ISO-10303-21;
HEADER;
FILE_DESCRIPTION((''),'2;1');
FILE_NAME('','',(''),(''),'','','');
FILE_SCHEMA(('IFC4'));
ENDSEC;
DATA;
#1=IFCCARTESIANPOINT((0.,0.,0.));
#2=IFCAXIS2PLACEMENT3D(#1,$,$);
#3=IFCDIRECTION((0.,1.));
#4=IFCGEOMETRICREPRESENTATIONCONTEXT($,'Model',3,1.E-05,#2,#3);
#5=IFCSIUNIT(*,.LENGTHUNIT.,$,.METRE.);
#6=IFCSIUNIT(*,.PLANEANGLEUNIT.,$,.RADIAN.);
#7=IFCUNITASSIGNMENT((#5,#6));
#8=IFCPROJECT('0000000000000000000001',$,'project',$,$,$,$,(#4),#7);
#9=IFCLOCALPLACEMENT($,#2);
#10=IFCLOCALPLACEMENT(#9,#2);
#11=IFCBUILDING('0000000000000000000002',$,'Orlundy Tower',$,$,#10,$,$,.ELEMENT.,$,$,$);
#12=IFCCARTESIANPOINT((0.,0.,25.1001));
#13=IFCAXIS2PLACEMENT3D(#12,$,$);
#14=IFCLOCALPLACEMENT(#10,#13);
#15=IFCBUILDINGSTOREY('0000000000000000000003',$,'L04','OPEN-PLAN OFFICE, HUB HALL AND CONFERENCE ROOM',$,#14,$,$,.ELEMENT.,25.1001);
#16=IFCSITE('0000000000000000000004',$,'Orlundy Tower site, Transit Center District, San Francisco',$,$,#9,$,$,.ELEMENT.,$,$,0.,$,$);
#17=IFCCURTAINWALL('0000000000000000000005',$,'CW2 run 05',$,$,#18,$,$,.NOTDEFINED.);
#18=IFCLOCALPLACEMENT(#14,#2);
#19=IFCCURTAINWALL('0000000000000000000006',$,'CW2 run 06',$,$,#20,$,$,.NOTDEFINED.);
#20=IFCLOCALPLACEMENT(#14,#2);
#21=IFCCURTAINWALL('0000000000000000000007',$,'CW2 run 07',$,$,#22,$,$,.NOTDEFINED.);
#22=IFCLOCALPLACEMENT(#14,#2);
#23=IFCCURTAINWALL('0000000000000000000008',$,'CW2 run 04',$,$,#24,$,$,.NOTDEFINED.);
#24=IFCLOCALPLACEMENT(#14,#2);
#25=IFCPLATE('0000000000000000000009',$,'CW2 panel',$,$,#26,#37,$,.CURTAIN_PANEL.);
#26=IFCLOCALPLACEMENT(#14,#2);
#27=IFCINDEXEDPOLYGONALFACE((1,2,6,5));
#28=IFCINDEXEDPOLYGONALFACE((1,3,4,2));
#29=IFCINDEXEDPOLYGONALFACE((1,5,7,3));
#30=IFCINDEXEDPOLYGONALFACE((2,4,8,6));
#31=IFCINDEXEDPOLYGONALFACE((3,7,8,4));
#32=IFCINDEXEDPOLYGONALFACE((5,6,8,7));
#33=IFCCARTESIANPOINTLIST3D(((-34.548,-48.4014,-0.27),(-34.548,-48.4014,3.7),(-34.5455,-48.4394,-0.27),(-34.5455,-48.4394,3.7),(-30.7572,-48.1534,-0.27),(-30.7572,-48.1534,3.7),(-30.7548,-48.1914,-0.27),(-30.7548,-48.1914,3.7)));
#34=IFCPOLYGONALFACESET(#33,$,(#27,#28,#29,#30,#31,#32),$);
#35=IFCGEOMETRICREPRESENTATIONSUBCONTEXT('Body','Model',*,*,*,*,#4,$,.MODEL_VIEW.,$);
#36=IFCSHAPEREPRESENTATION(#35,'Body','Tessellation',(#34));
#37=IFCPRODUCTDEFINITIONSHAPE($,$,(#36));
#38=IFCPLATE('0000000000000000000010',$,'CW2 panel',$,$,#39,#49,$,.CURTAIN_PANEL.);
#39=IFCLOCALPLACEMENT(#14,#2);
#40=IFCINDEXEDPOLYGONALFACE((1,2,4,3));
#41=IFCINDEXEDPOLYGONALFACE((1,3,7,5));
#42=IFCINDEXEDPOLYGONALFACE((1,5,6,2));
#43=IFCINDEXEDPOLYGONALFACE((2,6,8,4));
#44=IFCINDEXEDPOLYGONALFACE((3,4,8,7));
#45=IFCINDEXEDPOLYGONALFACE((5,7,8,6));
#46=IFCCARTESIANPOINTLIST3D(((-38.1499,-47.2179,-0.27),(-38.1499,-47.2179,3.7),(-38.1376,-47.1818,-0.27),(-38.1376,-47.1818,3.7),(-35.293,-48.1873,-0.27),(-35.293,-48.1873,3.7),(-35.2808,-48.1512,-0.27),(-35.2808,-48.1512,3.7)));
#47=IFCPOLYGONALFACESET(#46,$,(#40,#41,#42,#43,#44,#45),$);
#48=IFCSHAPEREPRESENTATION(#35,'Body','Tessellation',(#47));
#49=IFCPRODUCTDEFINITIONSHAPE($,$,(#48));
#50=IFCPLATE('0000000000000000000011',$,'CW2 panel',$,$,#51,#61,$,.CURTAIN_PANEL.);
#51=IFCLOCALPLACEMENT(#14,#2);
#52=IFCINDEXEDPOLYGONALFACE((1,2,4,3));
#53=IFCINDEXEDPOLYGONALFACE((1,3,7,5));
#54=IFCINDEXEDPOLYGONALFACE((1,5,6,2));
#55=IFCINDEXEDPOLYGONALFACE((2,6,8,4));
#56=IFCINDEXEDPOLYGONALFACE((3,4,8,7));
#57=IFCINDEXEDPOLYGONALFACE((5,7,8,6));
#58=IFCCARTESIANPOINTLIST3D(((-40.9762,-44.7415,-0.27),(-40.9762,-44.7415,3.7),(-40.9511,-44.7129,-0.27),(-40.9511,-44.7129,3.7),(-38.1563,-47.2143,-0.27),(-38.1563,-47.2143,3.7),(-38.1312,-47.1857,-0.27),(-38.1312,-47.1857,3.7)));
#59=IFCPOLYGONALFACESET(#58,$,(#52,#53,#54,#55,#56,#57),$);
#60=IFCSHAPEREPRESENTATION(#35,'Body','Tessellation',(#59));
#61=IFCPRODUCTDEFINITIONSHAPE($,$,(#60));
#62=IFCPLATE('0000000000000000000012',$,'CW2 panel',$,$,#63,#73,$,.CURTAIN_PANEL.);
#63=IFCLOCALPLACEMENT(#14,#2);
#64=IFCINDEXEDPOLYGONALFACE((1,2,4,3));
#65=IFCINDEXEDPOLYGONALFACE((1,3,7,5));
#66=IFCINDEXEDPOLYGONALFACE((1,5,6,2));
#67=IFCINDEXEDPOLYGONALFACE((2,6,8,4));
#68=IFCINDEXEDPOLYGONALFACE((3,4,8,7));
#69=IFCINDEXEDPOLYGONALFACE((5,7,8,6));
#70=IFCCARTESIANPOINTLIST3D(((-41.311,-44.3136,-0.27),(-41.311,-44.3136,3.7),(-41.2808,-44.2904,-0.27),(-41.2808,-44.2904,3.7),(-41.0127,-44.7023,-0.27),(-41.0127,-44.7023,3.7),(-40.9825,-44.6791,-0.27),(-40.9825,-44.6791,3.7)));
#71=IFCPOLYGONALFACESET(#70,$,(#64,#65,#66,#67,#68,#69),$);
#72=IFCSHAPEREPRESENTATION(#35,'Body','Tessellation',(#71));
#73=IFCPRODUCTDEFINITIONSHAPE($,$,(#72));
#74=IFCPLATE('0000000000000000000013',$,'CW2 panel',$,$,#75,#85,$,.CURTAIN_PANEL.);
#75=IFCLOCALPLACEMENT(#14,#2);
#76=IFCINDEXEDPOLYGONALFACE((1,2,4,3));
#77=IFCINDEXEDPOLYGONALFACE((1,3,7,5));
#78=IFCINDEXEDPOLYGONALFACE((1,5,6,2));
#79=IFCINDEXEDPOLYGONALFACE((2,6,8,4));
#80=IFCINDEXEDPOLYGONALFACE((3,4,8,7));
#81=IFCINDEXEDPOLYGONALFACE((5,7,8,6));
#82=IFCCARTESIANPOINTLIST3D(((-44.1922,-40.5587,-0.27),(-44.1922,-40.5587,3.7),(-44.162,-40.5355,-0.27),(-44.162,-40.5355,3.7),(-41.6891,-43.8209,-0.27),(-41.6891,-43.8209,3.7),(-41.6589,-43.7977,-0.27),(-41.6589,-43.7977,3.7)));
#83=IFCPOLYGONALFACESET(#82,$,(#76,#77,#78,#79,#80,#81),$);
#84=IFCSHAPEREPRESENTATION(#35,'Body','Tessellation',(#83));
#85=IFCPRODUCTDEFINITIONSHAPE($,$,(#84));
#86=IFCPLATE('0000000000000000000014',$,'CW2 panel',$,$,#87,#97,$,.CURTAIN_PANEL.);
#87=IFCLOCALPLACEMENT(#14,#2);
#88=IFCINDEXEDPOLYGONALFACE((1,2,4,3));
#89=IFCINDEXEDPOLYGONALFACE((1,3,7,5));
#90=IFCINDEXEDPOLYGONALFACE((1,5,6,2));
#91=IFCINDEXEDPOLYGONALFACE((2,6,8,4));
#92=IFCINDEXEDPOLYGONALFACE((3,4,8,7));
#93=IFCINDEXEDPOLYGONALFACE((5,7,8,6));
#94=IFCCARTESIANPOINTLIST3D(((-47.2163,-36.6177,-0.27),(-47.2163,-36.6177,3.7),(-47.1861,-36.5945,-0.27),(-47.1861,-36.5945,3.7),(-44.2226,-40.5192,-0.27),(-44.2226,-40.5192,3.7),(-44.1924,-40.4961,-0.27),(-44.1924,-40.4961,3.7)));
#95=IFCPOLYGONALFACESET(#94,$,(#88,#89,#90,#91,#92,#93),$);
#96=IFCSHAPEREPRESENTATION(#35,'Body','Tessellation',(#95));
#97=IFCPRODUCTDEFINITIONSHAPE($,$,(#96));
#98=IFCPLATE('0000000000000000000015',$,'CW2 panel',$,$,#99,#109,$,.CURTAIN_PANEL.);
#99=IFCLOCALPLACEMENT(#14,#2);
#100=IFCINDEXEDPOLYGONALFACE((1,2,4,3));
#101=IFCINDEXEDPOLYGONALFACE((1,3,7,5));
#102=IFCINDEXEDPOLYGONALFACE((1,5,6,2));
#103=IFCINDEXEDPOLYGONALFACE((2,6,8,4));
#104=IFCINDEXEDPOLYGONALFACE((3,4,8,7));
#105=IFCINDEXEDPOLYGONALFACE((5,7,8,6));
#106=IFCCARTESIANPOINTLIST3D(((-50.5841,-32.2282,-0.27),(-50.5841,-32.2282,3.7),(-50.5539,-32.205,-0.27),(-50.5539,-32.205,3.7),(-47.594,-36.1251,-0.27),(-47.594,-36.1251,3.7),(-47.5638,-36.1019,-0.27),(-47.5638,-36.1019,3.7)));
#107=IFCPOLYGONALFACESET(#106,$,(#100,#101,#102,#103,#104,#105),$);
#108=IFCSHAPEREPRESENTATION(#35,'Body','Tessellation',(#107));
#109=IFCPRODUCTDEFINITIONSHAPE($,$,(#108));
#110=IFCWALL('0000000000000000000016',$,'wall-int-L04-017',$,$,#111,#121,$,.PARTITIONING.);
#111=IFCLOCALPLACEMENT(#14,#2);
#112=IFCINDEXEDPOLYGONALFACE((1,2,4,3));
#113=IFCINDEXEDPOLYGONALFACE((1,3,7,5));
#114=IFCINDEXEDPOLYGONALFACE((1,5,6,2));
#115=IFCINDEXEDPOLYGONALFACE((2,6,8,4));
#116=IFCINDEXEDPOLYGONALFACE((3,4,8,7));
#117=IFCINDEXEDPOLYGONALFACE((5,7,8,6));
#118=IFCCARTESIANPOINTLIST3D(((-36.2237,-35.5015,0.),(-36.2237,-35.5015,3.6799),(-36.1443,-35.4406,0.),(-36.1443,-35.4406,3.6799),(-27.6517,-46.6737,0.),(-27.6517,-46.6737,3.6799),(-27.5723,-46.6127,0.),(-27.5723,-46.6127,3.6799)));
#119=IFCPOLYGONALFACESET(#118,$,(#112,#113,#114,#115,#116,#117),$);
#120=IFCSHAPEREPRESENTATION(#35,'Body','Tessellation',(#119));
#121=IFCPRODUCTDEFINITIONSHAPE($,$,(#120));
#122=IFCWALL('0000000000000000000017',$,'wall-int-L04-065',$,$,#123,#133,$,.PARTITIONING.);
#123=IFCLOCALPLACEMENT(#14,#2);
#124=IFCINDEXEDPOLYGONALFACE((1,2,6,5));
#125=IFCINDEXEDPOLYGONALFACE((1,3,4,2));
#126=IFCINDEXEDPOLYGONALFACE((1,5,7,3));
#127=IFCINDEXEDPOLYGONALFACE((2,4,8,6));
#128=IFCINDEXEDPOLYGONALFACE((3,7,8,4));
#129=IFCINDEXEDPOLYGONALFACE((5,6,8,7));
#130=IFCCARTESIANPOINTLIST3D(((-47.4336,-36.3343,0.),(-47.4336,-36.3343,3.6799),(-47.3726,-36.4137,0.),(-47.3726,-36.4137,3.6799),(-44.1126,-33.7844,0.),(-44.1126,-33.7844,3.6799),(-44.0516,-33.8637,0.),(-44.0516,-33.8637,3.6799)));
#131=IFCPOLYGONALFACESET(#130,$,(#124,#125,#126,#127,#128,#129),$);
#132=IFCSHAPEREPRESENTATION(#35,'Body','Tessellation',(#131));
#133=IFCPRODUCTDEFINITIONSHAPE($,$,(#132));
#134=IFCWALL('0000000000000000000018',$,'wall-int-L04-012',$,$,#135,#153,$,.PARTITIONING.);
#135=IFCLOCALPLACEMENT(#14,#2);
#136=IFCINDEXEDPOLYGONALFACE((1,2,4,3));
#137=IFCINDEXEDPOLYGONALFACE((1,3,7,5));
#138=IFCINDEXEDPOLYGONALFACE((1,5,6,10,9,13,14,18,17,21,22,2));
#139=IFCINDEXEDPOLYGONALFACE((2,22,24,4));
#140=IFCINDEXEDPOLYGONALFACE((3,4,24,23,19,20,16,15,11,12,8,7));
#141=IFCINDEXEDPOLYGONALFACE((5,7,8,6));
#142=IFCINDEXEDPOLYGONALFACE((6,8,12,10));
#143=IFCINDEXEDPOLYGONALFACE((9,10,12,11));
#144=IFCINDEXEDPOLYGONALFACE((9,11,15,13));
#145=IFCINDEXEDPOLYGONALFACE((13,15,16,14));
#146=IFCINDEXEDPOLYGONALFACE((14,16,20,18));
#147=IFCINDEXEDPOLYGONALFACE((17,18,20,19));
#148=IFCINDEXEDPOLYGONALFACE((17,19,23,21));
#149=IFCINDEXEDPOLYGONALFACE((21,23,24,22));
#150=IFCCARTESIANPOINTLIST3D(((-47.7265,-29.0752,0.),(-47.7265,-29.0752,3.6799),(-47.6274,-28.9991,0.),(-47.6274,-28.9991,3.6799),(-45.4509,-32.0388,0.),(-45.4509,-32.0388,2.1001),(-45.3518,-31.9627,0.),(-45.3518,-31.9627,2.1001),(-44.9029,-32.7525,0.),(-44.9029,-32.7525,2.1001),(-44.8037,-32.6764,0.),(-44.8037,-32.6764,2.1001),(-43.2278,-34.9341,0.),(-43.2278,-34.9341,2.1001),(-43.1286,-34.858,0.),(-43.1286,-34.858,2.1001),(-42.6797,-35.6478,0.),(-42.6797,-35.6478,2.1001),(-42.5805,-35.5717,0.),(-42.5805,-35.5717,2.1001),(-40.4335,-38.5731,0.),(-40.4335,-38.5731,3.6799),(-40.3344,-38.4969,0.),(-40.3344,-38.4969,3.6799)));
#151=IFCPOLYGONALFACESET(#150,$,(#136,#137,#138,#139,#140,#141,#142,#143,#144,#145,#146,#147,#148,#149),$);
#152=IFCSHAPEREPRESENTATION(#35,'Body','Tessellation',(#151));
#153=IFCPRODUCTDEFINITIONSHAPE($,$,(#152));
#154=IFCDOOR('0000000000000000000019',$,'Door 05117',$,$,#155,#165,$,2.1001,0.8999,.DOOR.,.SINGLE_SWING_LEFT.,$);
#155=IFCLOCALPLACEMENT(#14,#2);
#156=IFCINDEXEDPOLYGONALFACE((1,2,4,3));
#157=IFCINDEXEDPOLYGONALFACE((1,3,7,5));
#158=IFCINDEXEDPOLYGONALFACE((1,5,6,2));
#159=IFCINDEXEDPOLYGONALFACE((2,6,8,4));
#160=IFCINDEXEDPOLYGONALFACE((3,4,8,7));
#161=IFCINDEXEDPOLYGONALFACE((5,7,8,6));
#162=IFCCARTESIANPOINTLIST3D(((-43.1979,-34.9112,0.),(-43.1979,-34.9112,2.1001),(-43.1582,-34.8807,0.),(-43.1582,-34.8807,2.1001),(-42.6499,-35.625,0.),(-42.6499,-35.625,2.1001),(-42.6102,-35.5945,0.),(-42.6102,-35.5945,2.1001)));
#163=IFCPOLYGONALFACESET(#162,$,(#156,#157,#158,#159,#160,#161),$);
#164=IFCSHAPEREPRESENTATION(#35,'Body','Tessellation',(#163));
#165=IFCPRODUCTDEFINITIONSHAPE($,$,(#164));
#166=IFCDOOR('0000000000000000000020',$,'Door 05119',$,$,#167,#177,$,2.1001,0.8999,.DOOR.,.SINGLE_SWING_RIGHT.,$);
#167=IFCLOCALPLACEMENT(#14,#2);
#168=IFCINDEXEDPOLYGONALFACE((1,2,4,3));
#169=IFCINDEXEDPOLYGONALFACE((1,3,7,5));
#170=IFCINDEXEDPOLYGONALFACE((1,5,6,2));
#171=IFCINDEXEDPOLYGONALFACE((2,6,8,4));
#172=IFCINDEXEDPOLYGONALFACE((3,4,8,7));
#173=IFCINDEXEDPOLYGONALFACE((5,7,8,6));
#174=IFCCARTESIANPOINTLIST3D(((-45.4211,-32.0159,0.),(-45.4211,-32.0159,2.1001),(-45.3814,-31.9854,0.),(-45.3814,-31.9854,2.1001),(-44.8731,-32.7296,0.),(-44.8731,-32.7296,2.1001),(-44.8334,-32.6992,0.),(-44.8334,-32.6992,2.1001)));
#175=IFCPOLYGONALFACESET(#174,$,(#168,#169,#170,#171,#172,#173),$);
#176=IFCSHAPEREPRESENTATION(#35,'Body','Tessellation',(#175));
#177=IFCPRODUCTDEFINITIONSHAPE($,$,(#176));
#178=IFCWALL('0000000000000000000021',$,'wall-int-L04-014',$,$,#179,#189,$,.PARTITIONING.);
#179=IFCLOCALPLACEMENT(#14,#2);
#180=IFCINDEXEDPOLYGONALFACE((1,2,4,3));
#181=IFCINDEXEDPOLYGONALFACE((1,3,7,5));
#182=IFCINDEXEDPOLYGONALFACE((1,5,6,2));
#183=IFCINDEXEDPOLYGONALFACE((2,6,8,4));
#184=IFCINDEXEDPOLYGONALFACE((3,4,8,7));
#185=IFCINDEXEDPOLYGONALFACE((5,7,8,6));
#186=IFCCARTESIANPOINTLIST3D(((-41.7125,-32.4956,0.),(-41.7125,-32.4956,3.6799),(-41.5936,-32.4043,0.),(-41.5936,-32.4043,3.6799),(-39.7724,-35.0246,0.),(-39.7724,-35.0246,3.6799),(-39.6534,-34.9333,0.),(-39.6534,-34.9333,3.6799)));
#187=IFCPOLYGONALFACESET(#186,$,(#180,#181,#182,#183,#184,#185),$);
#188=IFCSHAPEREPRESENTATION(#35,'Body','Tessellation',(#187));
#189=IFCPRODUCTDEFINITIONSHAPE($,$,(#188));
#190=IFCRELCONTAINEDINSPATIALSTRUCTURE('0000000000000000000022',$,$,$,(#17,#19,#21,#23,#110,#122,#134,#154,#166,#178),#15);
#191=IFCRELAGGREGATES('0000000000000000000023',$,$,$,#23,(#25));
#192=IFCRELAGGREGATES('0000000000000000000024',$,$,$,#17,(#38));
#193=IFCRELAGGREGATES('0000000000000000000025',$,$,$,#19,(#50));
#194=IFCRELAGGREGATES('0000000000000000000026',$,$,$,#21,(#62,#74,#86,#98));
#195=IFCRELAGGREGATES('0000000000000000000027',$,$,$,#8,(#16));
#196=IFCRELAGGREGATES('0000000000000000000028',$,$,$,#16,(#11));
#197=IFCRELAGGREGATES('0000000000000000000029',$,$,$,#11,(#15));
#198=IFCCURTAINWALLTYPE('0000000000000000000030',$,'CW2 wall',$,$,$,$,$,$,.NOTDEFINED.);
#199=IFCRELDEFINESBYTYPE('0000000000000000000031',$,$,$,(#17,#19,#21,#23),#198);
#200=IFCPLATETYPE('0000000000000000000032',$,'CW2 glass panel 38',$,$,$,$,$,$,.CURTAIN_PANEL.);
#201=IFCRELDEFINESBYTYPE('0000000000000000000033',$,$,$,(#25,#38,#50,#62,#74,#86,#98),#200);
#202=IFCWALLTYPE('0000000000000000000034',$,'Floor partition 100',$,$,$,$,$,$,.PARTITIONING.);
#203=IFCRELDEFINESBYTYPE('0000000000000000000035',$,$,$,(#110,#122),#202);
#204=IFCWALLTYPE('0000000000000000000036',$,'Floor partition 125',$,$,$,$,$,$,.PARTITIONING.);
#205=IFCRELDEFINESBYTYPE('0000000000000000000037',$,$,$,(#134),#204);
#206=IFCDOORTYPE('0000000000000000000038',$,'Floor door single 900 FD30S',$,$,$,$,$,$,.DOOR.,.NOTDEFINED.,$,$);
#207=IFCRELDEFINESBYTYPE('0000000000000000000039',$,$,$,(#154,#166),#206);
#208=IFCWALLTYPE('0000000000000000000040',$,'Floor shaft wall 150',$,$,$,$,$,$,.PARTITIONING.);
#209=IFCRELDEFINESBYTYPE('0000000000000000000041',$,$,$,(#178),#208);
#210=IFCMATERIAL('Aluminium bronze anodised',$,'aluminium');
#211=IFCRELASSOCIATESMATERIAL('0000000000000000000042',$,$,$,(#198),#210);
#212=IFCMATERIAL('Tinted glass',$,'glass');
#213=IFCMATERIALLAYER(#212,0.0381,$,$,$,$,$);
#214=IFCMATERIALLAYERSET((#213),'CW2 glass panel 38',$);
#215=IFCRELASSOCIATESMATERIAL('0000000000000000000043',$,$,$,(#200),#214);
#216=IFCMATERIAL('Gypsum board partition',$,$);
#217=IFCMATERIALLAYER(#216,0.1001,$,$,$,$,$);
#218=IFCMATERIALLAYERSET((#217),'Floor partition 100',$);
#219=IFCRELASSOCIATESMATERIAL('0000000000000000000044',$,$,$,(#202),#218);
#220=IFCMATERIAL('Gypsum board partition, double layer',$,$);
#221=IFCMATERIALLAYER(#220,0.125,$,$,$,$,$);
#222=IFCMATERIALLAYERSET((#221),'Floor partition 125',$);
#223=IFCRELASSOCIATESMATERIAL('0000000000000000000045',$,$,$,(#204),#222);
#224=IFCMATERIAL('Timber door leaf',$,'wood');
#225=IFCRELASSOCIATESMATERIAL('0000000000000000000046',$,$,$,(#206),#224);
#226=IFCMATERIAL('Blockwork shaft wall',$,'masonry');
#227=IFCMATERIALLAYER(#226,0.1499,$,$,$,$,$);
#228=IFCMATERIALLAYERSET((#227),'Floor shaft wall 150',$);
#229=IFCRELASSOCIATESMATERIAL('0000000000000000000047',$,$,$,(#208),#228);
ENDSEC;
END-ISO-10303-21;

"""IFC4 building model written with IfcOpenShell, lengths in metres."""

from ifc_helpers import new_model, si_unit, direction, frame, frame_2d, origin, origin_2d, place, context, subcontext, project, spatial, rectangle, extrude, material, layer, layer_set, type_object, element, fill, aggregate, save


model = new_model("IFC4")

# Units and contexts
model_context = context("Model", 3, precision=1e-05, world=origin(), true_north=direction((0.0, 1.0)))
body_context = subcontext(model_context, "Body", "Model", "MODEL_VIEW")
ifc_project = project(units=[si_unit("LENGTHUNIT", "METRE"), si_unit("PLANEANGLEUNIT", "RADIAN")], contexts=[model_context])

# Site, building, storey
site_placement = place(None, origin())
site = spatial("IfcSite", under=ifc_project, at=site_placement, Name="Orlundy Tower site, Transit Center District, San Francisco", CompositionType="ELEMENT", RefElevation=0.0)
building_placement = place(site_placement, origin())
building = spatial("IfcBuilding", under=site, at=building_placement, Name="Orlundy Tower", CompositionType="ELEMENT")
storey_placement = place(building_placement, frame((0.0, 0.0, 25.1001)))
storey = spatial("IfcBuildingStorey", under=building, at=storey_placement, Name="L04", Description="OPEN-PLAN OFFICE, HUB HALL AND CONFERENCE ROOM", CompositionType="ELEMENT", Elevation=25.1001)

# Curtain walls
ifc_material_1 = material(Name="Aluminium bronze anodised", Category="aluminium")
curtain_wall_type = type_object("IfcCurtainWallType", Name="CW2 wall", PredefinedType="NOTDEFINED", material=ifc_material_1)
curtain_wall_1_placement = place(storey_placement, origin())
curtain_wall_1 = element("IfcCurtainWall", 1, at=curtain_wall_1_placement, inside=storey, type_object=curtain_wall_type, Name="CW2 run 05", PredefinedType="NOTDEFINED")
curtain_wall_2_placement = place(storey_placement, origin())
curtain_wall_2 = element("IfcCurtainWall", 2, at=curtain_wall_2_placement, inside=storey, type_object=curtain_wall_type, Name="CW2 run 06", PredefinedType="NOTDEFINED")

# Curtain wall
curtain_wall_3_placement = place(storey_placement, origin())
curtain_wall_3 = element("IfcCurtainWall", 3, at=curtain_wall_3_placement, inside=storey, type_object=curtain_wall_type, Name="CW2 run 07", PredefinedType="NOTDEFINED")

# Curtain wall, plate
curtain_wall_4_placement = place(storey_placement, origin())
curtain_wall_4 = element("IfcCurtainWall", 4, at=curtain_wall_4_placement, inside=storey, type_object=curtain_wall_type, Name="CW2 run 04", PredefinedType="NOTDEFINED")
ifc_material_2 = material(Name="Tinted glass", Category="glass")
ifc_layer_1 = layer(ifc_material_2, 0.0381)
ifc_layer_set_1 = layer_set([ifc_layer_1], Name="CW2 glass panel 38")
plate_type = type_object("IfcPlateType", Name="CW2 glass panel 38", PredefinedType="CURTAIN_PANEL", material=ifc_layer_set_1)
plate_1_placement = place(storey_placement, frame((-32.6514, -48.2964, -0.27), z_axis=(0.0, 0.0, 1.0), x_axis=(-0.997867, -0.065284, 0.0)))
plate_1 = element("IfcPlate", 5, at=plate_1_placement, type_object=plate_type, Name="CW2 panel", PredefinedType="CURTAIN_PANEL", context=body_context, shape_type="SweptSolid", body=[
    extrude(rectangle(XDim=3.7988, YDim=0.0381, at=origin_2d()), origin(), (0.0, 0.0, 1.0), 3.97),
])
aggregate(curtain_wall_4, [plate_1])

# Plates
plate_2_placement = place(storey_placement, frame((-36.7153, -47.6846, -0.27), z_axis=(0.0, 0.0, 1.0), x_axis=(-0.94697, 0.321322, 0.0)))
plate_2 = element("IfcPlate", 6, at=plate_2_placement, type_object=plate_type, Name="CW2 panel", PredefinedType="CURTAIN_PANEL", context=body_context, shape_type="SweptSolid", body=[
    extrude(rectangle(XDim=3.0168, YDim=0.0381, at=origin_2d()), origin(), (0.0, 0.0, 1.0), 3.97),
])
aggregate(curtain_wall_1, [plate_2])
plate_3_placement = place(storey_placement, frame((-39.5537, -45.9636, -0.27), z_axis=(0.0, 0.0, 1.0), x_axis=(-0.751858, 0.659325, 0.0)))
plate_3 = element("IfcPlate", 7, at=plate_3_placement, type_object=plate_type, Name="CW2 panel", PredefinedType="CURTAIN_PANEL", context=body_context, shape_type="SweptSolid", body=[
    extrude(rectangle(XDim=3.7505, YDim=0.0381, at=origin_2d()), origin(), (0.0, 0.0, 1.0), 3.97),
])
aggregate(curtain_wall_2, [plate_3])
plate_4_placement = place(storey_placement, frame((-41.1467, -44.4963, -0.27), z_axis=(0.0, 0.0, 1.0), x_axis=(-0.608748, 0.793363, 0.0)))
plate_4 = element("IfcPlate", 8, at=plate_4_placement, type_object=plate_type, Name="CW2 panel", PredefinedType="CURTAIN_PANEL", context=body_context, shape_type="SweptSolid", body=[
    extrude(rectangle(XDim=0.49, YDim=0.0381, at=origin_2d()), origin(), (0.0, 0.0, 1.0), 3.97),
])
plate_5_placement = place(storey_placement, frame((-42.9255, -42.1782, -0.27), z_axis=(0.0, 0.0, 1.0), x_axis=(-0.608748, 0.793363, 0.0)))
plate_5 = element("IfcPlate", 9, at=plate_5_placement, type_object=plate_type, Name="CW2 panel", PredefinedType="CURTAIN_PANEL", context=body_context, shape_type="SweptSolid", body=[
    extrude(rectangle(XDim=4.1118, YDim=0.0381, at=origin_2d()), origin(), (0.0, 0.0, 1.0), 3.97),
])
plate_6_placement = place(storey_placement, frame((-45.7043, -38.5569, -0.27), z_axis=(0.0, 0.0, 1.0), x_axis=(-0.608748, 0.793363, 0.0)))
plate_6 = element("IfcPlate", 10, at=plate_6_placement, type_object=plate_type, Name="CW2 panel", PredefinedType="CURTAIN_PANEL", context=body_context, shape_type="SweptSolid", body=[
    extrude(rectangle(XDim=4.9177, YDim=0.0381, at=origin_2d()), origin(), (0.0, 0.0, 1.0), 3.97),
])
plate_7_placement = place(storey_placement, frame((-49.074, -34.165, -0.27), z_axis=(0.0, 0.0, 1.0), x_axis=(-0.608748, 0.793363, 0.0)))
plate_7 = element("IfcPlate", 11, at=plate_7_placement, type_object=plate_type, Name="CW2 panel", PredefinedType="CURTAIN_PANEL", context=body_context, shape_type="SweptSolid", body=[
    extrude(rectangle(XDim=4.9119, YDim=0.0381, at=origin_2d()), origin(), (0.0, 0.0, 1.0), 3.97),
])
aggregate(curtain_wall_3, [plate_4, plate_5, plate_6, plate_7])

# Walls
ifc_material_3 = material(Name="Gypsum board partition")
ifc_layer_2 = layer(ifc_material_3, 0.1001)
ifc_layer_set_2 = layer_set([ifc_layer_2], Name="Floor partition 100")
wall_type_1 = type_object("IfcWallType", Name="Floor partition 100", PredefinedType="PARTITIONING", material=ifc_layer_set_2)
wall_1_placement = place(storey_placement, frame((-36.1841, -35.4709, 0.0), z_axis=(0.0, 0.0, 1.0), x_axis=(0.608733, -0.793376, 0.0)))
element("IfcWall", 12, at=wall_1_placement, inside=storey, type_object=wall_type_1, Name="wall-int-L04-017", PredefinedType="PARTITIONING", context=body_context, shape_type="SweptSolid", body=[
    extrude(rectangle(XDim=14.0818, YDim=0.1001, at=frame_2d((7.041, 0.0))), origin(), (0.0, 0.0, 1.0), 3.6799),
])
wall_2_placement = place(storey_placement, frame((-47.4031, -36.374, 0.0), z_axis=(0.0, 0.0, 1.0), x_axis=(0.793155, 0.60902, 0.0)))
element("IfcWall", 13, at=wall_2_placement, inside=storey, type_object=wall_type_1, Name="wall-int-L04-065", PredefinedType="PARTITIONING", context=body_context, shape_type="SweptSolid", body=[
    extrude(rectangle(XDim=4.187, YDim=0.1001, at=frame_2d((2.0935, 0.0))), origin(), (0.0, 0.0, 1.0), 3.6799),
])

# Wall, openings, doors
ifc_material_4 = material(Name="Gypsum board partition, double layer")
ifc_layer_3 = layer(ifc_material_4, 0.125)
ifc_layer_set_3 = layer_set([ifc_layer_3], Name="Floor partition 125")
wall_type_2 = type_object("IfcWallType", Name="Floor partition 125", PredefinedType="PARTITIONING", material=ifc_layer_set_3)
wall_3_placement = place(storey_placement, frame((-40.384, -38.5349, 0.0), z_axis=(0.0, 0.0, 1.0), x_axis=(-0.609027, 0.79315, 0.0)))
wall_3 = element("IfcWall", 14, at=wall_3_placement, inside=storey, type_object=wall_type_2, Name="wall-int-L04-012", PredefinedType="PARTITIONING", context=body_context, shape_type="SweptSolid", body=[
    extrude(rectangle(XDim=11.9749, YDim=0.125, at=frame_2d((5.9873, 0.0))), origin(), (0.0, 0.0, 1.0), 3.6799),
])
opening_1_placement = place(wall_3_placement, frame((3.688, 0.0, 0.0)))
opening_1 = element("IfcOpeningElement", 15, at=opening_1_placement, cuts=wall_3, PredefinedType="OPENING", context=body_context, shape_type="SweptSolid", body=[
    extrude(rectangle(XDim=0.8999, YDim=2.1001, at=frame_2d((0.45, 1.05))), frame((0.0, 0.0725, 0.0), z_axis=(0.0, -1.0, 0.0), x_axis=(1.0, 0.0, 0.0)), (0.0, 0.0, 1.0), 0.145),
])
opening_2_placement = place(wall_3_placement, frame((7.3384, 0.0, 0.0)))
opening_2 = element("IfcOpeningElement", 16, at=opening_2_placement, cuts=wall_3, PredefinedType="OPENING", context=body_context, shape_type="SweptSolid", body=[
    extrude(rectangle(XDim=0.8999, YDim=2.1001, at=frame_2d((0.45, 1.05))), frame((0.0, 0.0725, 0.0), z_axis=(0.0, -1.0, 0.0), x_axis=(1.0, 0.0, 0.0)), (0.0, 0.0, 1.0), 0.145),
])
ifc_material_5 = material(Name="Timber door leaf", Category="wood")
door_type_1 = type_object("IfcDoorType", Name="Floor door single 900 FD30S", OperationType="NOTDEFINED", PredefinedType="DOOR", material=ifc_material_5)
door_1_placement = place(opening_1_placement, origin())
door_1 = element("IfcDoor", 17, at=door_1_placement, inside=storey, type_object=door_type_1, Name="Door 05117", OperationType="SINGLE_SWING_LEFT", OverallHeight=2.1001, OverallWidth=0.8999, PredefinedType="DOOR", context=body_context, shape_type="SweptSolid", body=[
    extrude(rectangle(XDim=0.8999, YDim=2.1001, at=frame_2d((0.45, 1.05))), frame((0.0, 0.0249, 0.0), z_axis=(0.0, -1.0, 0.0), x_axis=(1.0, 0.0, 0.0)), (0.0, 0.0, 1.0), 0.05),
])
fill(opening_1, door_1)
door_2_placement = place(opening_2_placement, origin())
door_2 = element("IfcDoor", 18, at=door_2_placement, inside=storey, type_object=door_type_1, Name="Door 05119", OperationType="SINGLE_SWING_RIGHT", OverallHeight=2.1001, OverallWidth=0.8999, PredefinedType="DOOR", context=body_context, shape_type="SweptSolid", body=[
    extrude(rectangle(XDim=0.8999, YDim=2.1001, at=frame_2d((0.45, 1.05))), frame((0.0, 0.0249, 0.0), z_axis=(0.0, -1.0, 0.0), x_axis=(1.0, 0.0, 0.0)), (0.0, 0.0, 1.0), 0.05),
])
fill(opening_2, door_2)

# Wall
ifc_material_6 = material(Name="Blockwork shaft wall", Category="masonry")
ifc_layer_4 = layer(ifc_material_6, 0.1499)
ifc_layer_set_4 = layer_set([ifc_layer_4], Name="Floor shaft wall 150")
wall_type_3 = type_object("IfcWallType", Name="Floor shaft wall 150", PredefinedType="PARTITIONING", material=ifc_layer_set_4)
wall_4_placement = place(storey_placement, frame((-41.6531, -32.45, 0.0), z_axis=(0.0, 0.0, 1.0), x_axis=(0.608678, -0.793418, 0.0)))
element("IfcWall", 19, at=wall_4_placement, inside=storey, type_object=wall_type_3, Name="wall-int-L04-014", PredefinedType="PARTITIONING", context=body_context, shape_type="SweptSolid", body=[
    extrude(rectangle(XDim=3.1875, YDim=0.1499, at=frame_2d((1.5938, 0.0))), origin(), (0.0, 0.0, 1.0), 3.6799),
])

save(model, "model.ifc")
